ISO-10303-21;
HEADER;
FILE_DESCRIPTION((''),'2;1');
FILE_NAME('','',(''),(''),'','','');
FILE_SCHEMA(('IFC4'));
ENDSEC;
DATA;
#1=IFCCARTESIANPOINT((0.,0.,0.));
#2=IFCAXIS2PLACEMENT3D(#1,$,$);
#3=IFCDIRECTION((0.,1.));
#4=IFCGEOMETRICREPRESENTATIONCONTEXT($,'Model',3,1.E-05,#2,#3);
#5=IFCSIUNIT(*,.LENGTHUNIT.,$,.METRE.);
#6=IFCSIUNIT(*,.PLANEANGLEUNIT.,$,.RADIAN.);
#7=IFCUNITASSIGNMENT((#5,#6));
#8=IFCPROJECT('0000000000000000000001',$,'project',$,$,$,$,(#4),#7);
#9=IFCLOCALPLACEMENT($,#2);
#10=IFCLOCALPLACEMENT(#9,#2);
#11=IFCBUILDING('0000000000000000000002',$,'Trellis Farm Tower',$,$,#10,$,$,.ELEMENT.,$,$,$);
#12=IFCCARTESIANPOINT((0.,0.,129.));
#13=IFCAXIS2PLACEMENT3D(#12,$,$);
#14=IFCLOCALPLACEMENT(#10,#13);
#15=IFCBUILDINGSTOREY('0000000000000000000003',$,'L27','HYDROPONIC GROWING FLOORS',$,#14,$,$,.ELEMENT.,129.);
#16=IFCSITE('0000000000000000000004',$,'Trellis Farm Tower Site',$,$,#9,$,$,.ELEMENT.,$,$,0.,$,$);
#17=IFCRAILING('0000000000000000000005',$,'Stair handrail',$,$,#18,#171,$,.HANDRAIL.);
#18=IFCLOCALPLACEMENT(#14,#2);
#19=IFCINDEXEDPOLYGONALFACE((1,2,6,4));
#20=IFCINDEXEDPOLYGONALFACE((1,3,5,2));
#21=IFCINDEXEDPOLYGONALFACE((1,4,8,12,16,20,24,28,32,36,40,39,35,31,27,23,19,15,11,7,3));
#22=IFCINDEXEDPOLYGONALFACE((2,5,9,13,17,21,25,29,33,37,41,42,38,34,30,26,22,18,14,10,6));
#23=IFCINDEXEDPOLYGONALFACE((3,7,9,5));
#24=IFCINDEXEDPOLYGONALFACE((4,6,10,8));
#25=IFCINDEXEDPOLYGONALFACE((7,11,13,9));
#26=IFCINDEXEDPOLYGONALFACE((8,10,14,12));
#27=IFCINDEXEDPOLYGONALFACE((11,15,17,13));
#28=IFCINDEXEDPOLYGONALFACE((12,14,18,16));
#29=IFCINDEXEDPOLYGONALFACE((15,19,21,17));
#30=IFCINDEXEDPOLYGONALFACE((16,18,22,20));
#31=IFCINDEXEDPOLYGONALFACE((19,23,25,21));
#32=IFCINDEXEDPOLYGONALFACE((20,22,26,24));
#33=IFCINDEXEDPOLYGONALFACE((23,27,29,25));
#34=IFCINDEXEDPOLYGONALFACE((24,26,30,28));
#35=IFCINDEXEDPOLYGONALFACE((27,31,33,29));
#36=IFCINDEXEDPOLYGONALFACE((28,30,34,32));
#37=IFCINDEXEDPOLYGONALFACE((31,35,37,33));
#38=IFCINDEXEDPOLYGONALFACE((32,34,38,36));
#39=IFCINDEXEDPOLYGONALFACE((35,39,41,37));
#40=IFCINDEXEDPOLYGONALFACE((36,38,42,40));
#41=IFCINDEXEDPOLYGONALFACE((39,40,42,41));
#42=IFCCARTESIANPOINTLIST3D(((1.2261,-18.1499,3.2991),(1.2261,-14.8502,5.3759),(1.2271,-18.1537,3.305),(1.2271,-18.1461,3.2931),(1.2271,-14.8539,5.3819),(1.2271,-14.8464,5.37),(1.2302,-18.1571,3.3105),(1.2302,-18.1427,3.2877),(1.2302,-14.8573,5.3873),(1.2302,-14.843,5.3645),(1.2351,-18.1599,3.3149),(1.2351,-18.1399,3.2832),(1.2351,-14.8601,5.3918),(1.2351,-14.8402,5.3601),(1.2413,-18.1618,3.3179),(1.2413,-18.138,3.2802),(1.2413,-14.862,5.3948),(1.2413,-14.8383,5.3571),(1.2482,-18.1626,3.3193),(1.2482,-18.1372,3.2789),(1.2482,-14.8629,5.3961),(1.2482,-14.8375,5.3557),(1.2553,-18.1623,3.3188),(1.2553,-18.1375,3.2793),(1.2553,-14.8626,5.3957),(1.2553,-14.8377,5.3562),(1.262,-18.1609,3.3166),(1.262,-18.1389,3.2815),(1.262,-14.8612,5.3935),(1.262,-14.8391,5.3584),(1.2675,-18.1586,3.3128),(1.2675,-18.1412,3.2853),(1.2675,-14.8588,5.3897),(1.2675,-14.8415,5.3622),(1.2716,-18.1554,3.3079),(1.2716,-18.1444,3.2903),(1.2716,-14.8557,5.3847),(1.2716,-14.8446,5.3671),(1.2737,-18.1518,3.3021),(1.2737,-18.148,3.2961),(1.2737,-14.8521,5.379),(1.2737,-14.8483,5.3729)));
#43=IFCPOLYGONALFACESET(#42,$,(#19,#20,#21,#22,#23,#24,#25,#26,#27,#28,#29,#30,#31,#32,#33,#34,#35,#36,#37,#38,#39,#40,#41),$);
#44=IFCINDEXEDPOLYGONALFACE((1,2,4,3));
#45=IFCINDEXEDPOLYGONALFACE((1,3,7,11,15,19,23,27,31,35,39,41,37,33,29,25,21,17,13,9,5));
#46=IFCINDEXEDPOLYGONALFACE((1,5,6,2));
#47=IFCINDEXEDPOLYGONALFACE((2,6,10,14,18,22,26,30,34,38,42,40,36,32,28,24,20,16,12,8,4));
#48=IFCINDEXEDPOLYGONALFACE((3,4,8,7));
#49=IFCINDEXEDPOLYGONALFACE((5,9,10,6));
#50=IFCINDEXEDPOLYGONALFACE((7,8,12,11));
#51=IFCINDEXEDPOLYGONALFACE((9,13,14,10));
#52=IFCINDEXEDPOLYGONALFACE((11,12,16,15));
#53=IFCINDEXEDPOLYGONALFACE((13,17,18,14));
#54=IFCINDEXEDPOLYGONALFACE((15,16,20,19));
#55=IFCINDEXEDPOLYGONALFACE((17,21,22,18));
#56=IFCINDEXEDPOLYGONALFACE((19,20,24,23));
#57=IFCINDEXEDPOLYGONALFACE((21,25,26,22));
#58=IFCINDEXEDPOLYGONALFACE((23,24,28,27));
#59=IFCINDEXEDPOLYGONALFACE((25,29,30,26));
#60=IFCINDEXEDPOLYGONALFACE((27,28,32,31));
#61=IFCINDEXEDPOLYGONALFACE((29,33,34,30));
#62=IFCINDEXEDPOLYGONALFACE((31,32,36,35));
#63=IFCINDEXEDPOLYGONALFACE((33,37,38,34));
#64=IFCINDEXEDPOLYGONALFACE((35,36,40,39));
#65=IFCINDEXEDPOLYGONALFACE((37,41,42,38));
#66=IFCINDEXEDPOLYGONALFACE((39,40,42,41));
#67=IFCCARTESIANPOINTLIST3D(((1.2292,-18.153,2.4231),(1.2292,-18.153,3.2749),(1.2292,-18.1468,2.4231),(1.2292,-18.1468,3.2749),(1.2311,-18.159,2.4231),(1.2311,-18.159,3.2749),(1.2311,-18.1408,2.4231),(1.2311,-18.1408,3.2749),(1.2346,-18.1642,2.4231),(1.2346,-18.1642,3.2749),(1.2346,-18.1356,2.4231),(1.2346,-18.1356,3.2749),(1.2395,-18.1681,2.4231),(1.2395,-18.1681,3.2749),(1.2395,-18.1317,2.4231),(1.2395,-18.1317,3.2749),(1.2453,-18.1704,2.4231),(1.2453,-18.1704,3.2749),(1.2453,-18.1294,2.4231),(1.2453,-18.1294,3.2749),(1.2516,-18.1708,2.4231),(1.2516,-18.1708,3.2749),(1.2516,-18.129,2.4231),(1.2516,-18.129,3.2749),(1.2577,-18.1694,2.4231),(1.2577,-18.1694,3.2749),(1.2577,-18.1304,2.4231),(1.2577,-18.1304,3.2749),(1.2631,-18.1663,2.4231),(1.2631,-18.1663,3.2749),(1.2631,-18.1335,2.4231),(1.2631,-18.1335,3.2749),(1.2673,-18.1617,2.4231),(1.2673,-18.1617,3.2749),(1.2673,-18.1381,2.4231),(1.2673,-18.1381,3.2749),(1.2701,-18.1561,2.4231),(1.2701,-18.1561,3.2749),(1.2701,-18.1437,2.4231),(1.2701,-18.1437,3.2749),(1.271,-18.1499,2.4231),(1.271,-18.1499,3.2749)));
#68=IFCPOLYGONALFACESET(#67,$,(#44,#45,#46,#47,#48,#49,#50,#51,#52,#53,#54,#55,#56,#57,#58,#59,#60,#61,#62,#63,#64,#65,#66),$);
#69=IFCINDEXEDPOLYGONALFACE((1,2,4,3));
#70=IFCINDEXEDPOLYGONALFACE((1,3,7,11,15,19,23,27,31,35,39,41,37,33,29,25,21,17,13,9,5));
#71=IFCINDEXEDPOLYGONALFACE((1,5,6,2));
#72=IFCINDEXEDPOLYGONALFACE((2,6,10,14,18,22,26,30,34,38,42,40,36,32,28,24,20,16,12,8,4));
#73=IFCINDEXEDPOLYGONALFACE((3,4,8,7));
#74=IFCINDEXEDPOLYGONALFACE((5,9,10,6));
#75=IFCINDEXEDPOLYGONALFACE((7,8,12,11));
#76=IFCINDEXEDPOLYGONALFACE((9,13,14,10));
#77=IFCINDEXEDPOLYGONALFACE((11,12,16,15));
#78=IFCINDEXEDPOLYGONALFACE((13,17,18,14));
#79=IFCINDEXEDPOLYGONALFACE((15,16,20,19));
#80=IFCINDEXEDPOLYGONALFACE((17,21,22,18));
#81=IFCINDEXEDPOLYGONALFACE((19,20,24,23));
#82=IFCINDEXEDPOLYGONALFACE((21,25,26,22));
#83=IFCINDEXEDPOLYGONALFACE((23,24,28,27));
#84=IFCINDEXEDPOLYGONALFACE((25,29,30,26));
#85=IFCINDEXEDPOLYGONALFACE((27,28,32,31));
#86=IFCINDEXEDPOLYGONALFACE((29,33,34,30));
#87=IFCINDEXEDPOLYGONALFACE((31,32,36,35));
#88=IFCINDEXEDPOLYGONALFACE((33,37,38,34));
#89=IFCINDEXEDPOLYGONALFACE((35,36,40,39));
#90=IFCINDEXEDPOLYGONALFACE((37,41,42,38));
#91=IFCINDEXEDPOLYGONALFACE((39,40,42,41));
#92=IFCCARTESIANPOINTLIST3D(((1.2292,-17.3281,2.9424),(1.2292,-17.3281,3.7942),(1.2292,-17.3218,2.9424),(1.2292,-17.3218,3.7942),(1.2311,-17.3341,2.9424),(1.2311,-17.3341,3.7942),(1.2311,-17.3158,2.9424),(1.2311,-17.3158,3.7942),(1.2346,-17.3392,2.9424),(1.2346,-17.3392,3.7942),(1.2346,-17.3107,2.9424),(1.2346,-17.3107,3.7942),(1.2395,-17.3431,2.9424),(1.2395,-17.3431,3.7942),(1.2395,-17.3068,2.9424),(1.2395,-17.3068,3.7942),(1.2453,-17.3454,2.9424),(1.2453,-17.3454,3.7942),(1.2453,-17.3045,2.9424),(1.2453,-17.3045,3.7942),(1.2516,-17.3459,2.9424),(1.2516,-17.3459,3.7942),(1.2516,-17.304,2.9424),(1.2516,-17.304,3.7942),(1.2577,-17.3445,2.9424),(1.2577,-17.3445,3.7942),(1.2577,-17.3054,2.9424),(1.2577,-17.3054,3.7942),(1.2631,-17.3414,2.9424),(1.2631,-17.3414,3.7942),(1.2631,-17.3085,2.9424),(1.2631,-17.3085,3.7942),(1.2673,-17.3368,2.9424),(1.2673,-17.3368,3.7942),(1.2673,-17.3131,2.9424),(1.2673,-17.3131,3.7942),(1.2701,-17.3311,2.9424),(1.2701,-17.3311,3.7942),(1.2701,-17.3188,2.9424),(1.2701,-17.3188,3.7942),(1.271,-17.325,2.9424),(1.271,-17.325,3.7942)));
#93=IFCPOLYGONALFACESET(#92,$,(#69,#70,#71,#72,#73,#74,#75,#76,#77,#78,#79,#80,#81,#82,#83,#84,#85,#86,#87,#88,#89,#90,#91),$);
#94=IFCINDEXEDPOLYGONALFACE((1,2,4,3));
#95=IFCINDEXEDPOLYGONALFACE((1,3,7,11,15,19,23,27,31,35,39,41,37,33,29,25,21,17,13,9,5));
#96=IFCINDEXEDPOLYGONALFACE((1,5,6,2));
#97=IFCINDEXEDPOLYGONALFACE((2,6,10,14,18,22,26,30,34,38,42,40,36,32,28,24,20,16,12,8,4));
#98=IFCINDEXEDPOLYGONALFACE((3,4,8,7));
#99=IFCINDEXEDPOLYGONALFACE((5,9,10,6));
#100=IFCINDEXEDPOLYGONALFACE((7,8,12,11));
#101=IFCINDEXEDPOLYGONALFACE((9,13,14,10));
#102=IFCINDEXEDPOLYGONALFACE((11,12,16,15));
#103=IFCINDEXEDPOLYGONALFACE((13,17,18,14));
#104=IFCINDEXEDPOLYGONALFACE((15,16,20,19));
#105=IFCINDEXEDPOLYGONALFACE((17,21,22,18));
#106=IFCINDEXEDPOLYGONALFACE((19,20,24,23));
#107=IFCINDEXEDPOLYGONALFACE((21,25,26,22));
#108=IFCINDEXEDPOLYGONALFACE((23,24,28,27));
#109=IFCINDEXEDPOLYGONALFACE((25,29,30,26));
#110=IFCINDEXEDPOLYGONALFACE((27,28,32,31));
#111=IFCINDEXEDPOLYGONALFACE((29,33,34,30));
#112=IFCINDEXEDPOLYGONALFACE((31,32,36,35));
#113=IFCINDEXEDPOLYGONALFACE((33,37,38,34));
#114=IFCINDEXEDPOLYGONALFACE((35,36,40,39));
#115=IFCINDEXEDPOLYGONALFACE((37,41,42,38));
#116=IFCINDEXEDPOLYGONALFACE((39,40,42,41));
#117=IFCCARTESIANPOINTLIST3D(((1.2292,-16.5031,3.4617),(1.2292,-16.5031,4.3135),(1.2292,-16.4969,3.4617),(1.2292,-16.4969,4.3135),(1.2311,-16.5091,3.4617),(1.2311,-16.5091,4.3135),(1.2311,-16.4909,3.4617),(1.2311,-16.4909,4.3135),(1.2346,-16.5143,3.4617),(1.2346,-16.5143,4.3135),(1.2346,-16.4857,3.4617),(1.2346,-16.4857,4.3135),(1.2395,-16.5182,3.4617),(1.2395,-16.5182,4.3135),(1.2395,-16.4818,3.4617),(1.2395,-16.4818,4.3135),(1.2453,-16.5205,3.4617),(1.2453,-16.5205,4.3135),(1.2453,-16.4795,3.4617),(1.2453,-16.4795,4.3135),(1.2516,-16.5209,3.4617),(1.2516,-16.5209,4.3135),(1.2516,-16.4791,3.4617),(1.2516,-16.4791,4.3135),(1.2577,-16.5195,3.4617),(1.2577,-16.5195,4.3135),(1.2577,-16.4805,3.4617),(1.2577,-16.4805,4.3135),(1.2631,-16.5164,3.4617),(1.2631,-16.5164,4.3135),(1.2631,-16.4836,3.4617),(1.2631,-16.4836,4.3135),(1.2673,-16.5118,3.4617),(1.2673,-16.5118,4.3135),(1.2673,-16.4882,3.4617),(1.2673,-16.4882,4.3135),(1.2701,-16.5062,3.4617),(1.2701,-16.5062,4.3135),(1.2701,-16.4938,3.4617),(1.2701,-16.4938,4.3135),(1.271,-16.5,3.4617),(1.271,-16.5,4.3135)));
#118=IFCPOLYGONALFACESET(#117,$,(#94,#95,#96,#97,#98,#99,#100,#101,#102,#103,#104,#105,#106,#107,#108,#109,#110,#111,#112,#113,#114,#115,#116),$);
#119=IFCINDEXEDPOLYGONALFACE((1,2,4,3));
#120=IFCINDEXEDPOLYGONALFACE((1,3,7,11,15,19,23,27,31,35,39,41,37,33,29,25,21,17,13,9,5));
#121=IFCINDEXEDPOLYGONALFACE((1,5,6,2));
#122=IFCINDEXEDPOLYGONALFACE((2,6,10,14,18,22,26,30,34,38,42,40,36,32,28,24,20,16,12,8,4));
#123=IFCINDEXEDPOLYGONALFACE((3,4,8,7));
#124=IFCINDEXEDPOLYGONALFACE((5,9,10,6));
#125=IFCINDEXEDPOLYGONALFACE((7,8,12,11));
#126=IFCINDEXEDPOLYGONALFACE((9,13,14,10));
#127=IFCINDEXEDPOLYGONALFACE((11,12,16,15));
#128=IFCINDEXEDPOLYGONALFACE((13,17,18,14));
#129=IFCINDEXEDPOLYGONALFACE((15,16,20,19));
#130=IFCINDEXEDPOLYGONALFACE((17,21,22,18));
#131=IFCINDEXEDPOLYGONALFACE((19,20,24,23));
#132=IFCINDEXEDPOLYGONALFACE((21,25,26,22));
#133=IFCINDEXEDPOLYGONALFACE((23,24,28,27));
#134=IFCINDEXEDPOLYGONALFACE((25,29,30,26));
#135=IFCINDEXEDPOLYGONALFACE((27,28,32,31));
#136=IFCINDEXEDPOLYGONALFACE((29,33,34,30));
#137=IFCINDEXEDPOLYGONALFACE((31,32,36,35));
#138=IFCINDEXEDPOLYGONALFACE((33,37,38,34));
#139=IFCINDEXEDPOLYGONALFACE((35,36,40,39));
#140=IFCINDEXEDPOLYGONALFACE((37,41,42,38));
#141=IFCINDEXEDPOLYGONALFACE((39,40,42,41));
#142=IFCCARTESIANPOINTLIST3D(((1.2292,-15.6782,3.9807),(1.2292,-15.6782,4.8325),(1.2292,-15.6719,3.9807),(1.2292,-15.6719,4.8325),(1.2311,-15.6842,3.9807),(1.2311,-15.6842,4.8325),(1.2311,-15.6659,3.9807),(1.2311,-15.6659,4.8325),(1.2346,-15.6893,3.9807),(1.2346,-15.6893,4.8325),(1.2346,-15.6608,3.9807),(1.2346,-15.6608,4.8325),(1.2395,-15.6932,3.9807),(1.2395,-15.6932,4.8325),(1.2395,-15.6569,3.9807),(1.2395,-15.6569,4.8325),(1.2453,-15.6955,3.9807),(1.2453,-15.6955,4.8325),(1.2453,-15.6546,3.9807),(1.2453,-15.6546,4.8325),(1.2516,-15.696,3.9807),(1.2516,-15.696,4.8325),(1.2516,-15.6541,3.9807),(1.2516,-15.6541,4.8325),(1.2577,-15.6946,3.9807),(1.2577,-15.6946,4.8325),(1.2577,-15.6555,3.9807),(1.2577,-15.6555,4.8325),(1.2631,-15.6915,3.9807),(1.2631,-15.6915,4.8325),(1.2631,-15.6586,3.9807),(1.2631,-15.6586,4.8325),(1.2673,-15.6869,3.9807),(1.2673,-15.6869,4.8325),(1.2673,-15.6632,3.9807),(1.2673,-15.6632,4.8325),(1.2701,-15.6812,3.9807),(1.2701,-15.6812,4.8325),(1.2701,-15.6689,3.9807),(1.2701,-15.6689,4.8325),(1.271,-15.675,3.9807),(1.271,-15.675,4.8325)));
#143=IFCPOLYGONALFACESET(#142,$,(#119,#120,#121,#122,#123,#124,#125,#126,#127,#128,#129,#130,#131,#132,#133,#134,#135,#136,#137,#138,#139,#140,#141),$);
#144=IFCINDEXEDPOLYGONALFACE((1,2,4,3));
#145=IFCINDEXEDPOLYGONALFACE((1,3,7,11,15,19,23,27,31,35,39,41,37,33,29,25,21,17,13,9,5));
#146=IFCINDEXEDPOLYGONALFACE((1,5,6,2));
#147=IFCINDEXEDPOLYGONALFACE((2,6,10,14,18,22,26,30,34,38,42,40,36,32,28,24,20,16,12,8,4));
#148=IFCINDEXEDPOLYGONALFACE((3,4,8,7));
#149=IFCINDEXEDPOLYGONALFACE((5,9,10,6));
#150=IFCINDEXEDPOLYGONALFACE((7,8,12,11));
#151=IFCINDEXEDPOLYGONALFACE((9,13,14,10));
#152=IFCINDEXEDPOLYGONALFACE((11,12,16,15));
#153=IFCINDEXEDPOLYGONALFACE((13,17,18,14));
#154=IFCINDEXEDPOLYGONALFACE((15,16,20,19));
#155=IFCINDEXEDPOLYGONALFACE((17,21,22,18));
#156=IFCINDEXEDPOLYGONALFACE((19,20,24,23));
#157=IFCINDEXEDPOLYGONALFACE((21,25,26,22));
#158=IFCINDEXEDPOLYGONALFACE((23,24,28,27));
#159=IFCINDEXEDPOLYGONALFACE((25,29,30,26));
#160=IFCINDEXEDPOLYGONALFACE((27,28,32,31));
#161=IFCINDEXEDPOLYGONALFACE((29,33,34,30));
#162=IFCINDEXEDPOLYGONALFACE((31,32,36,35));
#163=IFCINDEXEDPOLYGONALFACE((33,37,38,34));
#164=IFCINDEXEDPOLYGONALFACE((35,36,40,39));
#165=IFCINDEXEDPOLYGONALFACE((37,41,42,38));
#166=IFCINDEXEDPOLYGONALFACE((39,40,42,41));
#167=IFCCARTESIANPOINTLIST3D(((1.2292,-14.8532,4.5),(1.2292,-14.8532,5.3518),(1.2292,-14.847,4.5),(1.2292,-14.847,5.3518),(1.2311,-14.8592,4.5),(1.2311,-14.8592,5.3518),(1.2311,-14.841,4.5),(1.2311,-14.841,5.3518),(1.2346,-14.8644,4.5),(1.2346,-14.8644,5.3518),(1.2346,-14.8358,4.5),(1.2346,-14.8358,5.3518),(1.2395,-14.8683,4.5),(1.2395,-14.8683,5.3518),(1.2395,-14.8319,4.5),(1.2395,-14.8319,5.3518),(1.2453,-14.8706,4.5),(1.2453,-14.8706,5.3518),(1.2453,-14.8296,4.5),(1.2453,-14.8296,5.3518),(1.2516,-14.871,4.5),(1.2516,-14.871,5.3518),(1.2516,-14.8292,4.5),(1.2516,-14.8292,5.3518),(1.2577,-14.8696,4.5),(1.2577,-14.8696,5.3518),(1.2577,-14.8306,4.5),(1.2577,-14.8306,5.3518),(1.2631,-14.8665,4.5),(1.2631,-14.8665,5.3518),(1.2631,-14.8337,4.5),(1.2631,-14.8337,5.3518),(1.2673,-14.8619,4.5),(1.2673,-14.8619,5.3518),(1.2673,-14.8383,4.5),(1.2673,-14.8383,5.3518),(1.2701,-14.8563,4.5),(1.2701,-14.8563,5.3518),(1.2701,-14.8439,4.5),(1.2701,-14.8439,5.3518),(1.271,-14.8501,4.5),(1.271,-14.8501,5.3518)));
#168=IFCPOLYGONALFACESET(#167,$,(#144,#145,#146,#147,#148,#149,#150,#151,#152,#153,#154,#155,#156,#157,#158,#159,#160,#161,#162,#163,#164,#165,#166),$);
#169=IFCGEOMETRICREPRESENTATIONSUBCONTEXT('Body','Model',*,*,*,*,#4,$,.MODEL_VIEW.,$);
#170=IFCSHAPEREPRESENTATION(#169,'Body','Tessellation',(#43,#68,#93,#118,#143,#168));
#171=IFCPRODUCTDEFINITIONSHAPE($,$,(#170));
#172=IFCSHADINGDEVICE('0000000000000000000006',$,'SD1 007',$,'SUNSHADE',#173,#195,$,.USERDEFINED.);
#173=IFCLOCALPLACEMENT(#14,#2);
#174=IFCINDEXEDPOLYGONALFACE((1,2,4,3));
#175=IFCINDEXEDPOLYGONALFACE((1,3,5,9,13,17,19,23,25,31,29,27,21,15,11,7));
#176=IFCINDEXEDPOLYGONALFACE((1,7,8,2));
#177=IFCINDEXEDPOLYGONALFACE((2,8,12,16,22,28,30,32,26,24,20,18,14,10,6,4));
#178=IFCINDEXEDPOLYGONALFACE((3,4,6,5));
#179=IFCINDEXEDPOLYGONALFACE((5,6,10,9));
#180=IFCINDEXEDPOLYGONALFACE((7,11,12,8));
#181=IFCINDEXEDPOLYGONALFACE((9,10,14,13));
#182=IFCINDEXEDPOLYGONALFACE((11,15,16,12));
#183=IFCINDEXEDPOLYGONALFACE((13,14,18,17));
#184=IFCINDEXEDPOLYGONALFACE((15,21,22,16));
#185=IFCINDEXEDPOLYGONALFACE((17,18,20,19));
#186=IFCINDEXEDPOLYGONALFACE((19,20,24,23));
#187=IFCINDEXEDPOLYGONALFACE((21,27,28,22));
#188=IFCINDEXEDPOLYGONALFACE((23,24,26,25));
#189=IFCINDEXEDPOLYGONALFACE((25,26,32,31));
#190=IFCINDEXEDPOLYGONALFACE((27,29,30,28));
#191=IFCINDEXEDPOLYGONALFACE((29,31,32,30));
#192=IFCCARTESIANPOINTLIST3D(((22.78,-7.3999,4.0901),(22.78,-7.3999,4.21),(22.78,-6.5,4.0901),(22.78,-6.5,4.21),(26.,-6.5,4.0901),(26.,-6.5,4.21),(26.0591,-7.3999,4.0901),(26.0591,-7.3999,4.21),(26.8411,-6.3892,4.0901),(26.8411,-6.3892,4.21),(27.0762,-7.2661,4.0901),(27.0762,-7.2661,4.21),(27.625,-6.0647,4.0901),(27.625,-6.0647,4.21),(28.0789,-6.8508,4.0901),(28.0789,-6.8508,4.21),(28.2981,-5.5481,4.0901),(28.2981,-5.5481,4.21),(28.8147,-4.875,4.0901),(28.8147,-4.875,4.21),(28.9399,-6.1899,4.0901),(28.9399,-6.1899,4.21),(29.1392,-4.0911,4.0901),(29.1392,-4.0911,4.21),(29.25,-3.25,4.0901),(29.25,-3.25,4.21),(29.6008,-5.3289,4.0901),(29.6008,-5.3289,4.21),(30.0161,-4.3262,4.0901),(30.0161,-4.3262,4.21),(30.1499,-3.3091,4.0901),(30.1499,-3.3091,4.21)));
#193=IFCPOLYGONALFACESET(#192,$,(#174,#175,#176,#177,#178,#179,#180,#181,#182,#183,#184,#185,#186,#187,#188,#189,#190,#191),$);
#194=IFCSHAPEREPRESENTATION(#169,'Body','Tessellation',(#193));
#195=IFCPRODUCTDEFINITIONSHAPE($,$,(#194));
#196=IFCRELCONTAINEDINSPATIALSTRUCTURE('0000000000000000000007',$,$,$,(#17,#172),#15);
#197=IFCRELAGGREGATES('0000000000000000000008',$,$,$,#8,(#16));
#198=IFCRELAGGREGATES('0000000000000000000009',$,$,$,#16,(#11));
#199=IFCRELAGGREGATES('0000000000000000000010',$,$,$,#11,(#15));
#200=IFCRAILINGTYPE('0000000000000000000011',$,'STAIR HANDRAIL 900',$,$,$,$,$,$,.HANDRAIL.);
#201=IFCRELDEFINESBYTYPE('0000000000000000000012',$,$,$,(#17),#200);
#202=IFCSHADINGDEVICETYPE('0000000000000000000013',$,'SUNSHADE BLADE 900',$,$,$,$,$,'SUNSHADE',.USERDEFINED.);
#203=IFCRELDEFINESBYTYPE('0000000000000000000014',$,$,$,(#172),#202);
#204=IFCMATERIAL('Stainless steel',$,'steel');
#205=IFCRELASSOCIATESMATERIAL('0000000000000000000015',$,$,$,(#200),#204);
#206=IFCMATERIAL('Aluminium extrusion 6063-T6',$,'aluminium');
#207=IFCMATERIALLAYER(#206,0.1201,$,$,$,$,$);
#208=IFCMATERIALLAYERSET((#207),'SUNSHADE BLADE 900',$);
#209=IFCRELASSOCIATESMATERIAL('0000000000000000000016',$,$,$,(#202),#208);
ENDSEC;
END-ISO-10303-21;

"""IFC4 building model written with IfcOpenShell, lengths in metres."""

from ifc_helpers import new_model, si_unit, direction, frame, origin, origin_2d, place, context, subcontext, project, spatial, polyline, circle, outline, extrude, source, transform, mapped, material, layer, layer_set, type_object, element, save


model = new_model("IFC4")

# Units and contexts
model_context = context("Model", 3, precision=1e-05, world=origin(), true_north=direction((0.0, 1.0)))
body_context = subcontext(model_context, "Body", "Model", "MODEL_VIEW")
ifc_project = project(units=[si_unit("LENGTHUNIT", "METRE"), si_unit("PLANEANGLEUNIT", "RADIAN")], contexts=[model_context])

# Site, building, storey
site_placement = place(None, origin())
site = spatial("IfcSite", under=ifc_project, at=site_placement, Name="Trellis Farm Tower Site", CompositionType="ELEMENT", RefElevation=0.0)
building_placement = place(site_placement, origin())
building = spatial("IfcBuilding", under=site, at=building_placement, Name="Trellis Farm Tower", CompositionType="ELEMENT")
storey_placement = place(building_placement, frame((0.0, 0.0, 129.0)))
storey = spatial("IfcBuildingStorey", under=building, at=storey_placement, Name="L27", Description="HYDROPONIC GROWING FLOORS", CompositionType="ELEMENT", Elevation=129.0)

# Shared definitions
ifc_material_1 = material(Name="Aluminium extrusion 6063-T6", Category="aluminium")

# Railing
ifc_material_2 = material(Name="Stainless steel", Category="steel")
railing_type = type_object("IfcRailingType", Name="STAIR HANDRAIL 900", PredefinedType="HANDRAIL", material=ifc_material_2)
shared_shape_1 = source(origin(), body_context, "Body", "SweptSolid", [
    extrude(circle(Radius=0.0239, at=origin_2d()), frame((0.0, 0.0, 0.876), z_axis=(0.0, 0.84632, 0.532675), x_axis=(-1.0, 0.0, 0.0)), (0.0, 0.0, 1.0), 3.8989),
    extrude(circle(Radius=0.021, at=origin_2d()), origin(), (0.0, 0.0, 1.0), 0.8518),
    extrude(circle(Radius=0.021, at=origin_2d()), frame((0.0, 0.825, 0.5193)), (0.0, 0.0, 1.0), 0.8518),
    extrude(circle(Radius=0.021, at=origin_2d()), frame((0.0, 1.6499, 1.0386)), (0.0, 0.0, 1.0), 0.8518),
    extrude(circle(Radius=0.021, at=origin_2d()), frame((0.0, 2.4749, 1.5576)), (0.0, 0.0, 1.0), 0.8518),
    extrude(circle(Radius=0.021, at=origin_2d()), frame((0.0, 3.2998, 2.0769)), (0.0, 0.0, 1.0), 0.8518),
])
railing_placement = place(storey_placement, frame((1.25, -18.1499, 2.4231)))
element("IfcRailing", 1, at=railing_placement, inside=storey, type_object=railing_type, Name="Stair handrail", PredefinedType="HANDRAIL", context=body_context, shape_type="MappedRepresentation", body=[
    mapped(shared_shape_1, transform((0.0, 0.0, 0.0))),
])

# Shading device
ifc_layer_1 = layer(ifc_material_1, 0.1201)
ifc_layer_set_1 = layer_set([ifc_layer_1], Name="SUNSHADE BLADE 900")
shading_device_type = type_object("IfcShadingDeviceType", Name="SUNSHADE BLADE 900", ElementType="SUNSHADE", PredefinedType="USERDEFINED", material=ifc_layer_set_1)
shared_shape_2 = source(origin(), body_context, "Body", "SweptSolid", [
    extrude(outline(polyline([(22.78, -7.3999), (26.0591, -7.3999), (27.0762, -7.2661), (28.0789, -6.8508), (28.9399, -6.1899), (29.6008, -5.3289), (30.0161, -4.3262), (30.1499, -3.3091), (29.25, -3.25), (29.1392, -4.0911), (28.8147, -4.875), (28.2981, -5.5481), (27.625, -6.0647), (26.8411, -6.3892), (26.0, -6.5), (22.78, -6.5), (22.78, -7.3999)])), origin(), (0.0, 0.0, 1.0), 0.1199),
])
shading_device_placement = place(storey_placement, frame((0.0, 0.0, 4.0901)))
element("IfcShadingDevice", 2, at=shading_device_placement, inside=storey, type_object=shading_device_type, Name="SD1 007", ObjectType="SUNSHADE", PredefinedType="USERDEFINED", context=body_context, shape_type="MappedRepresentation", body=[
    mapped(shared_shape_2, transform((0.0, 0.0, 0.0))),
])

save(model, "model.ifc")
